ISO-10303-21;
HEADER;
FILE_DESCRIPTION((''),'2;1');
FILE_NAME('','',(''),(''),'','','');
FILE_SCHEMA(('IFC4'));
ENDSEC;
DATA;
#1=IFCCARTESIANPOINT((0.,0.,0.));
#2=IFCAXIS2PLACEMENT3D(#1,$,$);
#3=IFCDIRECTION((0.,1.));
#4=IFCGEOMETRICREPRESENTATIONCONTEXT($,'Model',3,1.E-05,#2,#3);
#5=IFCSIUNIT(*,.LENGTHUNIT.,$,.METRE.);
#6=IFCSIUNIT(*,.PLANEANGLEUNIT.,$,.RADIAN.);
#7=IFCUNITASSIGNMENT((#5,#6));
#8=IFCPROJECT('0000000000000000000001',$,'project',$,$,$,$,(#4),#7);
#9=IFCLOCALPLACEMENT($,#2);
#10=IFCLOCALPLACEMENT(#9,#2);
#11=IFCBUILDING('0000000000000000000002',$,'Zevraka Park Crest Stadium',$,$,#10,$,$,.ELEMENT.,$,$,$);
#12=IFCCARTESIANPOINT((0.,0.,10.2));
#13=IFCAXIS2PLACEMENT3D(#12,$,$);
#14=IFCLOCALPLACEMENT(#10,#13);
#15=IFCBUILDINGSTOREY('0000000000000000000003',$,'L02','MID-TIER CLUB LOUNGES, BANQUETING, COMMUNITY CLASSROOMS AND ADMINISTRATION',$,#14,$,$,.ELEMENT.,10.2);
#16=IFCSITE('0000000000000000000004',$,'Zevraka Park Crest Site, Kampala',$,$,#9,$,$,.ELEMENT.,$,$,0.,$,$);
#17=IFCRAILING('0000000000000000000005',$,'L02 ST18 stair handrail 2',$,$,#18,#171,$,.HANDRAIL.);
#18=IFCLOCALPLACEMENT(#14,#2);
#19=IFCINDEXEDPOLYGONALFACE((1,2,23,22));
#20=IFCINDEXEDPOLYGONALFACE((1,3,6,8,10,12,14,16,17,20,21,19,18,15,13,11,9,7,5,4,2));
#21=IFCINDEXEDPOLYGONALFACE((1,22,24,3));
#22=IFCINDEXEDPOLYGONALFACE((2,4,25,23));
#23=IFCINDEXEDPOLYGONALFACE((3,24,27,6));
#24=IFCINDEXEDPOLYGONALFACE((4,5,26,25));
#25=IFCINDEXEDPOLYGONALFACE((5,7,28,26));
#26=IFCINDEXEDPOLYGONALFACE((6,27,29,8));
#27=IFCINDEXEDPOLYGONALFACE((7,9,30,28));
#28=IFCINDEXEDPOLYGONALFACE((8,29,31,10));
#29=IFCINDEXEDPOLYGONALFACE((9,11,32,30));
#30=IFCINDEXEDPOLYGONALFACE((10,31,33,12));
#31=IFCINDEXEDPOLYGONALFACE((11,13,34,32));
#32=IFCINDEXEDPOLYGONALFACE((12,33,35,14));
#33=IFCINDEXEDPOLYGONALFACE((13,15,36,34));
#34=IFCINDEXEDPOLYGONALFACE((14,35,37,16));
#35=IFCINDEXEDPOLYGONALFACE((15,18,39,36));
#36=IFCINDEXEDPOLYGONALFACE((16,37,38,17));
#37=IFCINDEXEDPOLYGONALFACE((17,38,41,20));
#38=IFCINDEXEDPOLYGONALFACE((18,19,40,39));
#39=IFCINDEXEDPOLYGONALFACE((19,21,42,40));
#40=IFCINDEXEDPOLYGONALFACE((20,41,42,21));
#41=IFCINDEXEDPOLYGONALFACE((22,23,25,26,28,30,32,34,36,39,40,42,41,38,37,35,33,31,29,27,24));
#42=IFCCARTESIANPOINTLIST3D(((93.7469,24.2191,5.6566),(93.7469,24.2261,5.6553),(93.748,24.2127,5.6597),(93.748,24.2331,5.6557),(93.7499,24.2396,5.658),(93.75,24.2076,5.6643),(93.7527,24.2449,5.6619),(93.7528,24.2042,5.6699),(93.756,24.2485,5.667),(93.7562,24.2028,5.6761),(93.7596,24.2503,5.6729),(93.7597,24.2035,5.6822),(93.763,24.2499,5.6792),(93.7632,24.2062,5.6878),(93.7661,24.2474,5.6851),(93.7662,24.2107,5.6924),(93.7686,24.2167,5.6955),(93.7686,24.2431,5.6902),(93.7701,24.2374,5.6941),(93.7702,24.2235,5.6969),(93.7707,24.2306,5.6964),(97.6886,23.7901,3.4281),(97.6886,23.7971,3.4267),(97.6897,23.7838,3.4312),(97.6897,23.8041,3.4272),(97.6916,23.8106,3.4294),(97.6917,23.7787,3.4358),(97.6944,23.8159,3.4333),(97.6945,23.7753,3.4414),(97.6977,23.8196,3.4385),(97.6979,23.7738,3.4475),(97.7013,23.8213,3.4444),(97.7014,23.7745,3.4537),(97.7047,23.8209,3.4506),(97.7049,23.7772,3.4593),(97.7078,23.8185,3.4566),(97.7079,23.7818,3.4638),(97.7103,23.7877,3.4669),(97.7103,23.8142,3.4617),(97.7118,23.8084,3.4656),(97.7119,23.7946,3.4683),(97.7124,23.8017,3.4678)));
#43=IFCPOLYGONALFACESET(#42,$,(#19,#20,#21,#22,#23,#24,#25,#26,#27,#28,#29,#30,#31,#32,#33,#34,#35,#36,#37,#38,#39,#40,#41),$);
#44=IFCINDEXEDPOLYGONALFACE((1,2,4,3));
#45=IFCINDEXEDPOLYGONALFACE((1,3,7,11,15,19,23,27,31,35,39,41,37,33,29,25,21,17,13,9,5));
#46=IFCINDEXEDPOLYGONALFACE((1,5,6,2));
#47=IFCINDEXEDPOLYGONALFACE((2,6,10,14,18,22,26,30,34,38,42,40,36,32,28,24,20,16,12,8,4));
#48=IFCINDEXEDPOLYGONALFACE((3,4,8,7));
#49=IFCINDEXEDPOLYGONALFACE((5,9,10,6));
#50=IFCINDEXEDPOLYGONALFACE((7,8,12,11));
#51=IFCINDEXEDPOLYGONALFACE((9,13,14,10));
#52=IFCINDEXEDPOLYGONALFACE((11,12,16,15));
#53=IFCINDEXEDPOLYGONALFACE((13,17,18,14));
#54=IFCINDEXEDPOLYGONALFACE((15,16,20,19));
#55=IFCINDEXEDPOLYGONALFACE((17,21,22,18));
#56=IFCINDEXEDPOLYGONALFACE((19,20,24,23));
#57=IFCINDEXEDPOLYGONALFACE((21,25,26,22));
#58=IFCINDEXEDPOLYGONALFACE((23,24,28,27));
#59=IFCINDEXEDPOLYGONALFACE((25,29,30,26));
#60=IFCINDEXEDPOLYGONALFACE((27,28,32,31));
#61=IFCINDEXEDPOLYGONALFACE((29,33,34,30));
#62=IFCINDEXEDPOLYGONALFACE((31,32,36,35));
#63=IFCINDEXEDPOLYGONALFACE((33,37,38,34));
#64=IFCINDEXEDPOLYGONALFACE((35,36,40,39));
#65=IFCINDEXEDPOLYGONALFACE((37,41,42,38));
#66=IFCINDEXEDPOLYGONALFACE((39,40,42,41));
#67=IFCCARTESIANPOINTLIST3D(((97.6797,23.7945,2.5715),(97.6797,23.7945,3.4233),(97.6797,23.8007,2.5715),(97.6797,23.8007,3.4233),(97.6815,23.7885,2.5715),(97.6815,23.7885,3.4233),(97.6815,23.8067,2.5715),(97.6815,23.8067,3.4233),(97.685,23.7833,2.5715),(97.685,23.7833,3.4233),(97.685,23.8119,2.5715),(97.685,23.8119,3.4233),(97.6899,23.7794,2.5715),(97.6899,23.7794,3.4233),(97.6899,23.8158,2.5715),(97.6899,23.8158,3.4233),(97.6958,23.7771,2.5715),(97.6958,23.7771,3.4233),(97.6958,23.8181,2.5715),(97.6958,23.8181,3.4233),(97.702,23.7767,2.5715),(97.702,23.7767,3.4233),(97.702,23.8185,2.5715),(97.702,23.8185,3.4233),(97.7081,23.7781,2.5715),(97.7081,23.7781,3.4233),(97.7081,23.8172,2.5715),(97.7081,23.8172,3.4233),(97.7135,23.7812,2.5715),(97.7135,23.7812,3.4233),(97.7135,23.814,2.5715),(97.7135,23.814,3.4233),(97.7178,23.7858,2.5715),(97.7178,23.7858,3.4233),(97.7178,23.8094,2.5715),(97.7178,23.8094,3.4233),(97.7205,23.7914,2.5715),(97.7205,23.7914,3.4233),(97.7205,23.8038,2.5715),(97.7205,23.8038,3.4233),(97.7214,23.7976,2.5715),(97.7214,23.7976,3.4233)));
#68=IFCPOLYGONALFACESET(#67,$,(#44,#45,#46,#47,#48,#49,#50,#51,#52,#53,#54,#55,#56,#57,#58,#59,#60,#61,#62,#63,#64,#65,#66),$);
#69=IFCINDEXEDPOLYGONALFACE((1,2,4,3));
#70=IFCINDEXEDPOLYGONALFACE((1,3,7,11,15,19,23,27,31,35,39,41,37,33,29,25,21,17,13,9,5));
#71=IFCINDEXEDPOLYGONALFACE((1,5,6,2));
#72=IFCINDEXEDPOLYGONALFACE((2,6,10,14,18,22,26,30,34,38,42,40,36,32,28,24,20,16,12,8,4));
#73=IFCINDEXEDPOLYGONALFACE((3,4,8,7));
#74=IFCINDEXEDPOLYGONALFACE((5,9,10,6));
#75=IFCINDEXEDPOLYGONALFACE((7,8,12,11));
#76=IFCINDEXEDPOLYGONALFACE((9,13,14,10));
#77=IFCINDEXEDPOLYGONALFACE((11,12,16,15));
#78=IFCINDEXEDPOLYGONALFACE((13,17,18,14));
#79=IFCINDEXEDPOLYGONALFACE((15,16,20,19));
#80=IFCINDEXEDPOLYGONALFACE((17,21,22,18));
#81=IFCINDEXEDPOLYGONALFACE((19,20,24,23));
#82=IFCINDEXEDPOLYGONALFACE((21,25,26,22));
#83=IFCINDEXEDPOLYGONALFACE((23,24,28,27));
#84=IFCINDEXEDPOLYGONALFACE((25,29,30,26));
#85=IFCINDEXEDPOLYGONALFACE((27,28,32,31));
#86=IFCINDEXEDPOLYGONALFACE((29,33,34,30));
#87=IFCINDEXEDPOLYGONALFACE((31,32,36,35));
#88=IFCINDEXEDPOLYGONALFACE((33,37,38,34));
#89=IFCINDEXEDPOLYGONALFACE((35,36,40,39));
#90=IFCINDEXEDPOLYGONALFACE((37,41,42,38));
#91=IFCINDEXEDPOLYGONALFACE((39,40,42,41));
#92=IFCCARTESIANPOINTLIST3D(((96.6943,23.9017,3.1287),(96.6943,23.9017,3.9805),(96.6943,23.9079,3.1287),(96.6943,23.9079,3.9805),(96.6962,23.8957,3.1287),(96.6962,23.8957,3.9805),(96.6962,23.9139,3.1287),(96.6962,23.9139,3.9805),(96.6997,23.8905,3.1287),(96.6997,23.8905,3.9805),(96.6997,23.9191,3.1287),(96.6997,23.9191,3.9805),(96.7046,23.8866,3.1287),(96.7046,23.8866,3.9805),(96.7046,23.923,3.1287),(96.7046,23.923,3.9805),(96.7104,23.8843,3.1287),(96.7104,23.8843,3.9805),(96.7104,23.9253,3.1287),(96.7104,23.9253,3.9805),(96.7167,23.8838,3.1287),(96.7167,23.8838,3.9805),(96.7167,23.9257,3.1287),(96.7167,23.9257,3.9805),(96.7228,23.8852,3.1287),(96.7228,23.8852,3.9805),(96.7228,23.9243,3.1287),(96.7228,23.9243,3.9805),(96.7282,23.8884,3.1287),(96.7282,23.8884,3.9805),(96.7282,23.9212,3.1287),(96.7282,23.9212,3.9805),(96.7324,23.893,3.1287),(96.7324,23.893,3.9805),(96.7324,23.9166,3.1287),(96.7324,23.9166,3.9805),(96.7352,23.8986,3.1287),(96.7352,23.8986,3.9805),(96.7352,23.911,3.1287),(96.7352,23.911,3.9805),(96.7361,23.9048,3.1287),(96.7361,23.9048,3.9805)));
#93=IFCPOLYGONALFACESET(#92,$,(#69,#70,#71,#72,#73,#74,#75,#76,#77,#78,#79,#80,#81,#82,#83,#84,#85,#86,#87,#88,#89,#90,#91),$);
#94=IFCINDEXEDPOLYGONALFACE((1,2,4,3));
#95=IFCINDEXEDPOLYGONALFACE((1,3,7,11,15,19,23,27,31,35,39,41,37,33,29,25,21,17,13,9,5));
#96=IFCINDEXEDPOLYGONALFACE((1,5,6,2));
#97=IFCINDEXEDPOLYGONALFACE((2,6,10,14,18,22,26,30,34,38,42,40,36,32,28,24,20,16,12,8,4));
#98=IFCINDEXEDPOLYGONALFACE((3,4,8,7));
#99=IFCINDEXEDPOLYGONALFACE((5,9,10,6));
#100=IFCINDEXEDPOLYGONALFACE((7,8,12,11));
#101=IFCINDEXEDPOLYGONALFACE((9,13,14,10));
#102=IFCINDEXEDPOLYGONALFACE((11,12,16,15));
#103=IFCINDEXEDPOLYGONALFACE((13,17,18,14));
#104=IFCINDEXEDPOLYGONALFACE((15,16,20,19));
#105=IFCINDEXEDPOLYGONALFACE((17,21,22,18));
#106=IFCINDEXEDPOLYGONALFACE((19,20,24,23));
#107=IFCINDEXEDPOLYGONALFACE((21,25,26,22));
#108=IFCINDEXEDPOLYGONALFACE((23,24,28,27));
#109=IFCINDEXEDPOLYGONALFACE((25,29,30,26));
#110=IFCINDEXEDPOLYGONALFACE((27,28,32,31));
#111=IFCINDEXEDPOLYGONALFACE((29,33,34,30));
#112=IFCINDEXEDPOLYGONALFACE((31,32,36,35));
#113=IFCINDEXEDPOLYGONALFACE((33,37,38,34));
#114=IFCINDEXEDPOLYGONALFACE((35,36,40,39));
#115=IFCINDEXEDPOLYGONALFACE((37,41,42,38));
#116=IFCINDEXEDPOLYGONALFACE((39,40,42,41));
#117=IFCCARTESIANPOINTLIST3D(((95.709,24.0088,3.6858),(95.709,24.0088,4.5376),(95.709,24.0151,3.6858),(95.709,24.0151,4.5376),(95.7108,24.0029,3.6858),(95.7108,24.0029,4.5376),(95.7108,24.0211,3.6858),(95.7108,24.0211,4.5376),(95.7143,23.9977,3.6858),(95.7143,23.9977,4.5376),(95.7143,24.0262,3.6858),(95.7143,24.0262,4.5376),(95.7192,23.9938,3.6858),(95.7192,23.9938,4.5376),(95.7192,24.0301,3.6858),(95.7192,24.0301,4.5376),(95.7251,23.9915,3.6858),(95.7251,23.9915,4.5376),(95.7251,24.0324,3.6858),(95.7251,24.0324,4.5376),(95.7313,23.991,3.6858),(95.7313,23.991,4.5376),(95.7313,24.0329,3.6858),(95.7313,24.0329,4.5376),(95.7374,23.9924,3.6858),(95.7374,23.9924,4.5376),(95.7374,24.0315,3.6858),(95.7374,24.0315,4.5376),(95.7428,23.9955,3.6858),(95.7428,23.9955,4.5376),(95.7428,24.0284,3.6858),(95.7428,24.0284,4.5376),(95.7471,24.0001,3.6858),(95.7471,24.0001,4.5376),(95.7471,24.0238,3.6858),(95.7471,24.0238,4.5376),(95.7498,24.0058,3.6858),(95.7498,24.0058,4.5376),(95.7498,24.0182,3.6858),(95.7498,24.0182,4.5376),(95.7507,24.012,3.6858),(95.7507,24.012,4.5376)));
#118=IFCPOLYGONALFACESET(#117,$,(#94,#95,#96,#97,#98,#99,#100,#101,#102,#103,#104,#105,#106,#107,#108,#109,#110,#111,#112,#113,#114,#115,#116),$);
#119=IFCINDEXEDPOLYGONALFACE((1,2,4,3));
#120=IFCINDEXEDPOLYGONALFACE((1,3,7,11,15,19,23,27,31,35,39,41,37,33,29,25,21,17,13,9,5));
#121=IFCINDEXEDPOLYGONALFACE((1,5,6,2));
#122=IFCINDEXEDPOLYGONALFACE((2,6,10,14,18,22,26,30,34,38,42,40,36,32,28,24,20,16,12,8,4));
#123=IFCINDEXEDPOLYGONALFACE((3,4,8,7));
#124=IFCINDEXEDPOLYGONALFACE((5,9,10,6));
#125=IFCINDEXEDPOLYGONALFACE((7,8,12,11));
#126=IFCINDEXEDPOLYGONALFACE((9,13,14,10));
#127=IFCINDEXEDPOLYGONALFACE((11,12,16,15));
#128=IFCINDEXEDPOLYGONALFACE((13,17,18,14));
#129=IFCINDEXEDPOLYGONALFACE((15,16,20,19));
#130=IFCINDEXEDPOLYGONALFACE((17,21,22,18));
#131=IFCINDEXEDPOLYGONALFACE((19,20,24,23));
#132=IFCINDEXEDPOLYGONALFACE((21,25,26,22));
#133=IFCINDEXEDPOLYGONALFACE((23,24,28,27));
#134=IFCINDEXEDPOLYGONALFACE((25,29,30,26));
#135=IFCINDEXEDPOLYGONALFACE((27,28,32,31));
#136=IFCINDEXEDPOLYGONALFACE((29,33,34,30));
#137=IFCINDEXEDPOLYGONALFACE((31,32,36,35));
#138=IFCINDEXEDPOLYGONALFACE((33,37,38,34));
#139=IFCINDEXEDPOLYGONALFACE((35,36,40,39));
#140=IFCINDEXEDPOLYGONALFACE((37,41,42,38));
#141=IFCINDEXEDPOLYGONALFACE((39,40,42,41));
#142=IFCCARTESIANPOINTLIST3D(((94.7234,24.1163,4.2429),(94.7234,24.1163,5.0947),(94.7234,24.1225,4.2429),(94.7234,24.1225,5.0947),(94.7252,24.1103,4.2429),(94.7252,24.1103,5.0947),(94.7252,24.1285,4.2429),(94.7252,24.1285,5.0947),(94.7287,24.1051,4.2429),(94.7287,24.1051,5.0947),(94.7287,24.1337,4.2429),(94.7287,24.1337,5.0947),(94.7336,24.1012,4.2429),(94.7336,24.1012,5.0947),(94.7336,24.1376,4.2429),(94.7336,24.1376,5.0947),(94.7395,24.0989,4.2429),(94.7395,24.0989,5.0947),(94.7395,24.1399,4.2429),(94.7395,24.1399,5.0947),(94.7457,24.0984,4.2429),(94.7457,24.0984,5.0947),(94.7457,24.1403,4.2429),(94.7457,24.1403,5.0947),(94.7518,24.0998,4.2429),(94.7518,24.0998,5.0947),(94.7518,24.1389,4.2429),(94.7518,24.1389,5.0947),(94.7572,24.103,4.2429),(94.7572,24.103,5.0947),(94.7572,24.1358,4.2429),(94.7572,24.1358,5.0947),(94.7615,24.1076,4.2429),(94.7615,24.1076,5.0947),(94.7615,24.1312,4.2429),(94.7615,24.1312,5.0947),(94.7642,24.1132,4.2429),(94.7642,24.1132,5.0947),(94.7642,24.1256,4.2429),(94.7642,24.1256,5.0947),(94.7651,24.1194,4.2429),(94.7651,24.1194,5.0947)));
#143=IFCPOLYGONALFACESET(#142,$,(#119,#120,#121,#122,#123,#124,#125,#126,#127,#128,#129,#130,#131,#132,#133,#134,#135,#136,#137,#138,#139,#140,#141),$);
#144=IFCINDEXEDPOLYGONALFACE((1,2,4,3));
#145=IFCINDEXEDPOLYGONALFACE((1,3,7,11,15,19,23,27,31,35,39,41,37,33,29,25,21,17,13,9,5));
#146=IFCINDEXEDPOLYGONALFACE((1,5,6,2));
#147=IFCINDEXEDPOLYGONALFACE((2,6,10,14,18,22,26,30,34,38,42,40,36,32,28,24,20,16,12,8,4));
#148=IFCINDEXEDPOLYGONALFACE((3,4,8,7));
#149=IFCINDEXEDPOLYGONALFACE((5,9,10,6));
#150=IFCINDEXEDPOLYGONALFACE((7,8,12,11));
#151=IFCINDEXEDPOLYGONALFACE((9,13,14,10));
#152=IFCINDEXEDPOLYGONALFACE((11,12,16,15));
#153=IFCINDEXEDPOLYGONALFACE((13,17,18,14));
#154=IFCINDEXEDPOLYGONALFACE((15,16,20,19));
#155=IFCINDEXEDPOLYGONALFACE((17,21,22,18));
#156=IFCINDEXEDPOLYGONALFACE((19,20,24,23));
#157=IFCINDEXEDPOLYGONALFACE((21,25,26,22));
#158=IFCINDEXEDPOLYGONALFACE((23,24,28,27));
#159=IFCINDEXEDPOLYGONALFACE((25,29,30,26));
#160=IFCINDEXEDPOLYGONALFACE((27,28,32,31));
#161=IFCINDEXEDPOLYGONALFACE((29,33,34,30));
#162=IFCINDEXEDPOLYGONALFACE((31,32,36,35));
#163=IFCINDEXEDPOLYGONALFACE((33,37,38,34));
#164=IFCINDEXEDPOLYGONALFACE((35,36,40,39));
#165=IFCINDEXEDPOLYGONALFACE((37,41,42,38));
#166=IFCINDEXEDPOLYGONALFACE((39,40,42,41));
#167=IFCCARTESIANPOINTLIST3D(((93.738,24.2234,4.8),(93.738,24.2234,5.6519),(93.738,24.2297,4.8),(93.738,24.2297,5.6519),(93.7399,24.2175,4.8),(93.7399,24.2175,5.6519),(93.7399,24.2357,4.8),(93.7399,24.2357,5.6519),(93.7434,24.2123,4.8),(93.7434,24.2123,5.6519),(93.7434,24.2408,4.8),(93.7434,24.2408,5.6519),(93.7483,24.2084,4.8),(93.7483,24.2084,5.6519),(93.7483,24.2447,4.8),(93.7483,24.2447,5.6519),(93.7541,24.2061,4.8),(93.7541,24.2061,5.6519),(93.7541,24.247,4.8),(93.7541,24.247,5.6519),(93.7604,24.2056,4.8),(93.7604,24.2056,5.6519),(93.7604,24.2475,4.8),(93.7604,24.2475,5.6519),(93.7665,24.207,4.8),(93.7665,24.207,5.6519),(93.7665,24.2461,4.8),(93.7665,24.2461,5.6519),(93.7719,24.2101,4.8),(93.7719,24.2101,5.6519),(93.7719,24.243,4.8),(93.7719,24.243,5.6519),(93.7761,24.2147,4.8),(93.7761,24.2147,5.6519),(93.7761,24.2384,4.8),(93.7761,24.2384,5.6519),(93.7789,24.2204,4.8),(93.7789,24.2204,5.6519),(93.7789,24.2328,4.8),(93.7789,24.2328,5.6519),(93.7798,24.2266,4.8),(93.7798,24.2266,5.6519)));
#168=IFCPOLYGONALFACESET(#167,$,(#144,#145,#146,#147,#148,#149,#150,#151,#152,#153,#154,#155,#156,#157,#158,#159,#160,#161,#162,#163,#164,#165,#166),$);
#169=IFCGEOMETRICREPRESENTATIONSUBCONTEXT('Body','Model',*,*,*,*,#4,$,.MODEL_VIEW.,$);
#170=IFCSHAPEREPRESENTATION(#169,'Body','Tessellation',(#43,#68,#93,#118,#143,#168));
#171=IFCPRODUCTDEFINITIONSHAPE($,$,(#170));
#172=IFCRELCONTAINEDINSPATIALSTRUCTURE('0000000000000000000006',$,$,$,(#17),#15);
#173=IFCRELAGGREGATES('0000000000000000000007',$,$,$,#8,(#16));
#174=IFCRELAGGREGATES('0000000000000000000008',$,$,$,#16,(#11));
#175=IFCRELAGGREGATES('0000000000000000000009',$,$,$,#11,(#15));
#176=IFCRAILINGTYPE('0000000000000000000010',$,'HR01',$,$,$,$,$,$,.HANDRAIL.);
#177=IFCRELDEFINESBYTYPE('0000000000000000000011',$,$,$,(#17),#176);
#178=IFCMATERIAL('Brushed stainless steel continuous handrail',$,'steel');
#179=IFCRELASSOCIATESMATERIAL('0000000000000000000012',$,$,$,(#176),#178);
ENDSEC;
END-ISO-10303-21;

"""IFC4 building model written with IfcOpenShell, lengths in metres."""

from ifc_helpers import new_model, si_unit, direction, frame, origin, origin_2d, place, context, subcontext, project, spatial, circle, extrude, material, type_object, element, save


model = new_model("IFC4")

# Units and contexts
model_context = context("Model", 3, precision=1e-05, world=origin(), true_north=direction((0.0, 1.0)))
body_context = subcontext(model_context, "Body", "Model", "MODEL_VIEW")
ifc_project = project(units=[si_unit("LENGTHUNIT", "METRE"), si_unit("PLANEANGLEUNIT", "RADIAN")], contexts=[model_context])

# Site, building, storey
site_placement = place(None, origin())
site = spatial("IfcSite", under=ifc_project, at=site_placement, Name="Zevraka Park Crest Site, Kampala", CompositionType="ELEMENT", RefElevation=0.0)
building_placement = place(site_placement, origin())
building = spatial("IfcBuilding", under=site, at=building_placement, Name="Zevraka Park Crest Stadium", CompositionType="ELEMENT")
storey_placement = place(building_placement, frame((0.0, 0.0, 10.2)))
storey = spatial("IfcBuildingStorey", under=building, at=storey_placement, Name="L02", Description="MID-TIER CLUB LOUNGES, BANQUETING, COMMUNITY CLASSROOMS AND ADMINISTRATION", CompositionType="ELEMENT", Elevation=10.2)

# Railing
ifc_material_1 = material(Name="Brushed stainless steel continuous handrail", Category="steel")
railing_type_1 = type_object("IfcRailingType", Name="HR01", PredefinedType="HANDRAIL", material=ifc_material_1)
railing_1_placement = place(storey_placement, frame((97.7004, 23.7976, 2.5715)))
element("IfcRailing", 1, at=railing_1_placement, inside=storey, type_object=railing_type_1, Name="L02 ST18 stair handrail 2", PredefinedType="HANDRAIL", context=body_context, shape_type="SweptSolid", body=[
    extrude(circle(Radius=0.0239, at=origin_2d()), frame((0.0, 0.0, 0.876), z_axis=(-0.866624, 0.094311, 0.489968), x_axis=(-0.108188, -0.994131, 0.0)), (0.0, 0.0, 1.0), 4.5483),
    extrude(circle(Radius=0.021, at=origin_2d()), origin(), (0.0, 0.0, 1.0), 0.8518),
    extrude(circle(Radius=0.021, at=origin_2d()), frame((-0.9854, 0.1072, 0.5571)), (0.0, 0.0, 1.0), 0.8518),
    extrude(circle(Radius=0.021, at=origin_2d()), frame((-1.9707, 0.2144, 1.1143)), (0.0, 0.0, 1.0), 0.8518),
    extrude(circle(Radius=0.021, at=origin_2d()), frame((-2.9563, 0.3218, 1.6714)), (0.0, 0.0, 1.0), 0.8518),
    extrude(circle(Radius=0.021, at=origin_2d()), frame((-3.9417, 0.429, 2.2285)), (0.0, 0.0, 1.0), 0.8518),
])

save(model, "model.ifc")
